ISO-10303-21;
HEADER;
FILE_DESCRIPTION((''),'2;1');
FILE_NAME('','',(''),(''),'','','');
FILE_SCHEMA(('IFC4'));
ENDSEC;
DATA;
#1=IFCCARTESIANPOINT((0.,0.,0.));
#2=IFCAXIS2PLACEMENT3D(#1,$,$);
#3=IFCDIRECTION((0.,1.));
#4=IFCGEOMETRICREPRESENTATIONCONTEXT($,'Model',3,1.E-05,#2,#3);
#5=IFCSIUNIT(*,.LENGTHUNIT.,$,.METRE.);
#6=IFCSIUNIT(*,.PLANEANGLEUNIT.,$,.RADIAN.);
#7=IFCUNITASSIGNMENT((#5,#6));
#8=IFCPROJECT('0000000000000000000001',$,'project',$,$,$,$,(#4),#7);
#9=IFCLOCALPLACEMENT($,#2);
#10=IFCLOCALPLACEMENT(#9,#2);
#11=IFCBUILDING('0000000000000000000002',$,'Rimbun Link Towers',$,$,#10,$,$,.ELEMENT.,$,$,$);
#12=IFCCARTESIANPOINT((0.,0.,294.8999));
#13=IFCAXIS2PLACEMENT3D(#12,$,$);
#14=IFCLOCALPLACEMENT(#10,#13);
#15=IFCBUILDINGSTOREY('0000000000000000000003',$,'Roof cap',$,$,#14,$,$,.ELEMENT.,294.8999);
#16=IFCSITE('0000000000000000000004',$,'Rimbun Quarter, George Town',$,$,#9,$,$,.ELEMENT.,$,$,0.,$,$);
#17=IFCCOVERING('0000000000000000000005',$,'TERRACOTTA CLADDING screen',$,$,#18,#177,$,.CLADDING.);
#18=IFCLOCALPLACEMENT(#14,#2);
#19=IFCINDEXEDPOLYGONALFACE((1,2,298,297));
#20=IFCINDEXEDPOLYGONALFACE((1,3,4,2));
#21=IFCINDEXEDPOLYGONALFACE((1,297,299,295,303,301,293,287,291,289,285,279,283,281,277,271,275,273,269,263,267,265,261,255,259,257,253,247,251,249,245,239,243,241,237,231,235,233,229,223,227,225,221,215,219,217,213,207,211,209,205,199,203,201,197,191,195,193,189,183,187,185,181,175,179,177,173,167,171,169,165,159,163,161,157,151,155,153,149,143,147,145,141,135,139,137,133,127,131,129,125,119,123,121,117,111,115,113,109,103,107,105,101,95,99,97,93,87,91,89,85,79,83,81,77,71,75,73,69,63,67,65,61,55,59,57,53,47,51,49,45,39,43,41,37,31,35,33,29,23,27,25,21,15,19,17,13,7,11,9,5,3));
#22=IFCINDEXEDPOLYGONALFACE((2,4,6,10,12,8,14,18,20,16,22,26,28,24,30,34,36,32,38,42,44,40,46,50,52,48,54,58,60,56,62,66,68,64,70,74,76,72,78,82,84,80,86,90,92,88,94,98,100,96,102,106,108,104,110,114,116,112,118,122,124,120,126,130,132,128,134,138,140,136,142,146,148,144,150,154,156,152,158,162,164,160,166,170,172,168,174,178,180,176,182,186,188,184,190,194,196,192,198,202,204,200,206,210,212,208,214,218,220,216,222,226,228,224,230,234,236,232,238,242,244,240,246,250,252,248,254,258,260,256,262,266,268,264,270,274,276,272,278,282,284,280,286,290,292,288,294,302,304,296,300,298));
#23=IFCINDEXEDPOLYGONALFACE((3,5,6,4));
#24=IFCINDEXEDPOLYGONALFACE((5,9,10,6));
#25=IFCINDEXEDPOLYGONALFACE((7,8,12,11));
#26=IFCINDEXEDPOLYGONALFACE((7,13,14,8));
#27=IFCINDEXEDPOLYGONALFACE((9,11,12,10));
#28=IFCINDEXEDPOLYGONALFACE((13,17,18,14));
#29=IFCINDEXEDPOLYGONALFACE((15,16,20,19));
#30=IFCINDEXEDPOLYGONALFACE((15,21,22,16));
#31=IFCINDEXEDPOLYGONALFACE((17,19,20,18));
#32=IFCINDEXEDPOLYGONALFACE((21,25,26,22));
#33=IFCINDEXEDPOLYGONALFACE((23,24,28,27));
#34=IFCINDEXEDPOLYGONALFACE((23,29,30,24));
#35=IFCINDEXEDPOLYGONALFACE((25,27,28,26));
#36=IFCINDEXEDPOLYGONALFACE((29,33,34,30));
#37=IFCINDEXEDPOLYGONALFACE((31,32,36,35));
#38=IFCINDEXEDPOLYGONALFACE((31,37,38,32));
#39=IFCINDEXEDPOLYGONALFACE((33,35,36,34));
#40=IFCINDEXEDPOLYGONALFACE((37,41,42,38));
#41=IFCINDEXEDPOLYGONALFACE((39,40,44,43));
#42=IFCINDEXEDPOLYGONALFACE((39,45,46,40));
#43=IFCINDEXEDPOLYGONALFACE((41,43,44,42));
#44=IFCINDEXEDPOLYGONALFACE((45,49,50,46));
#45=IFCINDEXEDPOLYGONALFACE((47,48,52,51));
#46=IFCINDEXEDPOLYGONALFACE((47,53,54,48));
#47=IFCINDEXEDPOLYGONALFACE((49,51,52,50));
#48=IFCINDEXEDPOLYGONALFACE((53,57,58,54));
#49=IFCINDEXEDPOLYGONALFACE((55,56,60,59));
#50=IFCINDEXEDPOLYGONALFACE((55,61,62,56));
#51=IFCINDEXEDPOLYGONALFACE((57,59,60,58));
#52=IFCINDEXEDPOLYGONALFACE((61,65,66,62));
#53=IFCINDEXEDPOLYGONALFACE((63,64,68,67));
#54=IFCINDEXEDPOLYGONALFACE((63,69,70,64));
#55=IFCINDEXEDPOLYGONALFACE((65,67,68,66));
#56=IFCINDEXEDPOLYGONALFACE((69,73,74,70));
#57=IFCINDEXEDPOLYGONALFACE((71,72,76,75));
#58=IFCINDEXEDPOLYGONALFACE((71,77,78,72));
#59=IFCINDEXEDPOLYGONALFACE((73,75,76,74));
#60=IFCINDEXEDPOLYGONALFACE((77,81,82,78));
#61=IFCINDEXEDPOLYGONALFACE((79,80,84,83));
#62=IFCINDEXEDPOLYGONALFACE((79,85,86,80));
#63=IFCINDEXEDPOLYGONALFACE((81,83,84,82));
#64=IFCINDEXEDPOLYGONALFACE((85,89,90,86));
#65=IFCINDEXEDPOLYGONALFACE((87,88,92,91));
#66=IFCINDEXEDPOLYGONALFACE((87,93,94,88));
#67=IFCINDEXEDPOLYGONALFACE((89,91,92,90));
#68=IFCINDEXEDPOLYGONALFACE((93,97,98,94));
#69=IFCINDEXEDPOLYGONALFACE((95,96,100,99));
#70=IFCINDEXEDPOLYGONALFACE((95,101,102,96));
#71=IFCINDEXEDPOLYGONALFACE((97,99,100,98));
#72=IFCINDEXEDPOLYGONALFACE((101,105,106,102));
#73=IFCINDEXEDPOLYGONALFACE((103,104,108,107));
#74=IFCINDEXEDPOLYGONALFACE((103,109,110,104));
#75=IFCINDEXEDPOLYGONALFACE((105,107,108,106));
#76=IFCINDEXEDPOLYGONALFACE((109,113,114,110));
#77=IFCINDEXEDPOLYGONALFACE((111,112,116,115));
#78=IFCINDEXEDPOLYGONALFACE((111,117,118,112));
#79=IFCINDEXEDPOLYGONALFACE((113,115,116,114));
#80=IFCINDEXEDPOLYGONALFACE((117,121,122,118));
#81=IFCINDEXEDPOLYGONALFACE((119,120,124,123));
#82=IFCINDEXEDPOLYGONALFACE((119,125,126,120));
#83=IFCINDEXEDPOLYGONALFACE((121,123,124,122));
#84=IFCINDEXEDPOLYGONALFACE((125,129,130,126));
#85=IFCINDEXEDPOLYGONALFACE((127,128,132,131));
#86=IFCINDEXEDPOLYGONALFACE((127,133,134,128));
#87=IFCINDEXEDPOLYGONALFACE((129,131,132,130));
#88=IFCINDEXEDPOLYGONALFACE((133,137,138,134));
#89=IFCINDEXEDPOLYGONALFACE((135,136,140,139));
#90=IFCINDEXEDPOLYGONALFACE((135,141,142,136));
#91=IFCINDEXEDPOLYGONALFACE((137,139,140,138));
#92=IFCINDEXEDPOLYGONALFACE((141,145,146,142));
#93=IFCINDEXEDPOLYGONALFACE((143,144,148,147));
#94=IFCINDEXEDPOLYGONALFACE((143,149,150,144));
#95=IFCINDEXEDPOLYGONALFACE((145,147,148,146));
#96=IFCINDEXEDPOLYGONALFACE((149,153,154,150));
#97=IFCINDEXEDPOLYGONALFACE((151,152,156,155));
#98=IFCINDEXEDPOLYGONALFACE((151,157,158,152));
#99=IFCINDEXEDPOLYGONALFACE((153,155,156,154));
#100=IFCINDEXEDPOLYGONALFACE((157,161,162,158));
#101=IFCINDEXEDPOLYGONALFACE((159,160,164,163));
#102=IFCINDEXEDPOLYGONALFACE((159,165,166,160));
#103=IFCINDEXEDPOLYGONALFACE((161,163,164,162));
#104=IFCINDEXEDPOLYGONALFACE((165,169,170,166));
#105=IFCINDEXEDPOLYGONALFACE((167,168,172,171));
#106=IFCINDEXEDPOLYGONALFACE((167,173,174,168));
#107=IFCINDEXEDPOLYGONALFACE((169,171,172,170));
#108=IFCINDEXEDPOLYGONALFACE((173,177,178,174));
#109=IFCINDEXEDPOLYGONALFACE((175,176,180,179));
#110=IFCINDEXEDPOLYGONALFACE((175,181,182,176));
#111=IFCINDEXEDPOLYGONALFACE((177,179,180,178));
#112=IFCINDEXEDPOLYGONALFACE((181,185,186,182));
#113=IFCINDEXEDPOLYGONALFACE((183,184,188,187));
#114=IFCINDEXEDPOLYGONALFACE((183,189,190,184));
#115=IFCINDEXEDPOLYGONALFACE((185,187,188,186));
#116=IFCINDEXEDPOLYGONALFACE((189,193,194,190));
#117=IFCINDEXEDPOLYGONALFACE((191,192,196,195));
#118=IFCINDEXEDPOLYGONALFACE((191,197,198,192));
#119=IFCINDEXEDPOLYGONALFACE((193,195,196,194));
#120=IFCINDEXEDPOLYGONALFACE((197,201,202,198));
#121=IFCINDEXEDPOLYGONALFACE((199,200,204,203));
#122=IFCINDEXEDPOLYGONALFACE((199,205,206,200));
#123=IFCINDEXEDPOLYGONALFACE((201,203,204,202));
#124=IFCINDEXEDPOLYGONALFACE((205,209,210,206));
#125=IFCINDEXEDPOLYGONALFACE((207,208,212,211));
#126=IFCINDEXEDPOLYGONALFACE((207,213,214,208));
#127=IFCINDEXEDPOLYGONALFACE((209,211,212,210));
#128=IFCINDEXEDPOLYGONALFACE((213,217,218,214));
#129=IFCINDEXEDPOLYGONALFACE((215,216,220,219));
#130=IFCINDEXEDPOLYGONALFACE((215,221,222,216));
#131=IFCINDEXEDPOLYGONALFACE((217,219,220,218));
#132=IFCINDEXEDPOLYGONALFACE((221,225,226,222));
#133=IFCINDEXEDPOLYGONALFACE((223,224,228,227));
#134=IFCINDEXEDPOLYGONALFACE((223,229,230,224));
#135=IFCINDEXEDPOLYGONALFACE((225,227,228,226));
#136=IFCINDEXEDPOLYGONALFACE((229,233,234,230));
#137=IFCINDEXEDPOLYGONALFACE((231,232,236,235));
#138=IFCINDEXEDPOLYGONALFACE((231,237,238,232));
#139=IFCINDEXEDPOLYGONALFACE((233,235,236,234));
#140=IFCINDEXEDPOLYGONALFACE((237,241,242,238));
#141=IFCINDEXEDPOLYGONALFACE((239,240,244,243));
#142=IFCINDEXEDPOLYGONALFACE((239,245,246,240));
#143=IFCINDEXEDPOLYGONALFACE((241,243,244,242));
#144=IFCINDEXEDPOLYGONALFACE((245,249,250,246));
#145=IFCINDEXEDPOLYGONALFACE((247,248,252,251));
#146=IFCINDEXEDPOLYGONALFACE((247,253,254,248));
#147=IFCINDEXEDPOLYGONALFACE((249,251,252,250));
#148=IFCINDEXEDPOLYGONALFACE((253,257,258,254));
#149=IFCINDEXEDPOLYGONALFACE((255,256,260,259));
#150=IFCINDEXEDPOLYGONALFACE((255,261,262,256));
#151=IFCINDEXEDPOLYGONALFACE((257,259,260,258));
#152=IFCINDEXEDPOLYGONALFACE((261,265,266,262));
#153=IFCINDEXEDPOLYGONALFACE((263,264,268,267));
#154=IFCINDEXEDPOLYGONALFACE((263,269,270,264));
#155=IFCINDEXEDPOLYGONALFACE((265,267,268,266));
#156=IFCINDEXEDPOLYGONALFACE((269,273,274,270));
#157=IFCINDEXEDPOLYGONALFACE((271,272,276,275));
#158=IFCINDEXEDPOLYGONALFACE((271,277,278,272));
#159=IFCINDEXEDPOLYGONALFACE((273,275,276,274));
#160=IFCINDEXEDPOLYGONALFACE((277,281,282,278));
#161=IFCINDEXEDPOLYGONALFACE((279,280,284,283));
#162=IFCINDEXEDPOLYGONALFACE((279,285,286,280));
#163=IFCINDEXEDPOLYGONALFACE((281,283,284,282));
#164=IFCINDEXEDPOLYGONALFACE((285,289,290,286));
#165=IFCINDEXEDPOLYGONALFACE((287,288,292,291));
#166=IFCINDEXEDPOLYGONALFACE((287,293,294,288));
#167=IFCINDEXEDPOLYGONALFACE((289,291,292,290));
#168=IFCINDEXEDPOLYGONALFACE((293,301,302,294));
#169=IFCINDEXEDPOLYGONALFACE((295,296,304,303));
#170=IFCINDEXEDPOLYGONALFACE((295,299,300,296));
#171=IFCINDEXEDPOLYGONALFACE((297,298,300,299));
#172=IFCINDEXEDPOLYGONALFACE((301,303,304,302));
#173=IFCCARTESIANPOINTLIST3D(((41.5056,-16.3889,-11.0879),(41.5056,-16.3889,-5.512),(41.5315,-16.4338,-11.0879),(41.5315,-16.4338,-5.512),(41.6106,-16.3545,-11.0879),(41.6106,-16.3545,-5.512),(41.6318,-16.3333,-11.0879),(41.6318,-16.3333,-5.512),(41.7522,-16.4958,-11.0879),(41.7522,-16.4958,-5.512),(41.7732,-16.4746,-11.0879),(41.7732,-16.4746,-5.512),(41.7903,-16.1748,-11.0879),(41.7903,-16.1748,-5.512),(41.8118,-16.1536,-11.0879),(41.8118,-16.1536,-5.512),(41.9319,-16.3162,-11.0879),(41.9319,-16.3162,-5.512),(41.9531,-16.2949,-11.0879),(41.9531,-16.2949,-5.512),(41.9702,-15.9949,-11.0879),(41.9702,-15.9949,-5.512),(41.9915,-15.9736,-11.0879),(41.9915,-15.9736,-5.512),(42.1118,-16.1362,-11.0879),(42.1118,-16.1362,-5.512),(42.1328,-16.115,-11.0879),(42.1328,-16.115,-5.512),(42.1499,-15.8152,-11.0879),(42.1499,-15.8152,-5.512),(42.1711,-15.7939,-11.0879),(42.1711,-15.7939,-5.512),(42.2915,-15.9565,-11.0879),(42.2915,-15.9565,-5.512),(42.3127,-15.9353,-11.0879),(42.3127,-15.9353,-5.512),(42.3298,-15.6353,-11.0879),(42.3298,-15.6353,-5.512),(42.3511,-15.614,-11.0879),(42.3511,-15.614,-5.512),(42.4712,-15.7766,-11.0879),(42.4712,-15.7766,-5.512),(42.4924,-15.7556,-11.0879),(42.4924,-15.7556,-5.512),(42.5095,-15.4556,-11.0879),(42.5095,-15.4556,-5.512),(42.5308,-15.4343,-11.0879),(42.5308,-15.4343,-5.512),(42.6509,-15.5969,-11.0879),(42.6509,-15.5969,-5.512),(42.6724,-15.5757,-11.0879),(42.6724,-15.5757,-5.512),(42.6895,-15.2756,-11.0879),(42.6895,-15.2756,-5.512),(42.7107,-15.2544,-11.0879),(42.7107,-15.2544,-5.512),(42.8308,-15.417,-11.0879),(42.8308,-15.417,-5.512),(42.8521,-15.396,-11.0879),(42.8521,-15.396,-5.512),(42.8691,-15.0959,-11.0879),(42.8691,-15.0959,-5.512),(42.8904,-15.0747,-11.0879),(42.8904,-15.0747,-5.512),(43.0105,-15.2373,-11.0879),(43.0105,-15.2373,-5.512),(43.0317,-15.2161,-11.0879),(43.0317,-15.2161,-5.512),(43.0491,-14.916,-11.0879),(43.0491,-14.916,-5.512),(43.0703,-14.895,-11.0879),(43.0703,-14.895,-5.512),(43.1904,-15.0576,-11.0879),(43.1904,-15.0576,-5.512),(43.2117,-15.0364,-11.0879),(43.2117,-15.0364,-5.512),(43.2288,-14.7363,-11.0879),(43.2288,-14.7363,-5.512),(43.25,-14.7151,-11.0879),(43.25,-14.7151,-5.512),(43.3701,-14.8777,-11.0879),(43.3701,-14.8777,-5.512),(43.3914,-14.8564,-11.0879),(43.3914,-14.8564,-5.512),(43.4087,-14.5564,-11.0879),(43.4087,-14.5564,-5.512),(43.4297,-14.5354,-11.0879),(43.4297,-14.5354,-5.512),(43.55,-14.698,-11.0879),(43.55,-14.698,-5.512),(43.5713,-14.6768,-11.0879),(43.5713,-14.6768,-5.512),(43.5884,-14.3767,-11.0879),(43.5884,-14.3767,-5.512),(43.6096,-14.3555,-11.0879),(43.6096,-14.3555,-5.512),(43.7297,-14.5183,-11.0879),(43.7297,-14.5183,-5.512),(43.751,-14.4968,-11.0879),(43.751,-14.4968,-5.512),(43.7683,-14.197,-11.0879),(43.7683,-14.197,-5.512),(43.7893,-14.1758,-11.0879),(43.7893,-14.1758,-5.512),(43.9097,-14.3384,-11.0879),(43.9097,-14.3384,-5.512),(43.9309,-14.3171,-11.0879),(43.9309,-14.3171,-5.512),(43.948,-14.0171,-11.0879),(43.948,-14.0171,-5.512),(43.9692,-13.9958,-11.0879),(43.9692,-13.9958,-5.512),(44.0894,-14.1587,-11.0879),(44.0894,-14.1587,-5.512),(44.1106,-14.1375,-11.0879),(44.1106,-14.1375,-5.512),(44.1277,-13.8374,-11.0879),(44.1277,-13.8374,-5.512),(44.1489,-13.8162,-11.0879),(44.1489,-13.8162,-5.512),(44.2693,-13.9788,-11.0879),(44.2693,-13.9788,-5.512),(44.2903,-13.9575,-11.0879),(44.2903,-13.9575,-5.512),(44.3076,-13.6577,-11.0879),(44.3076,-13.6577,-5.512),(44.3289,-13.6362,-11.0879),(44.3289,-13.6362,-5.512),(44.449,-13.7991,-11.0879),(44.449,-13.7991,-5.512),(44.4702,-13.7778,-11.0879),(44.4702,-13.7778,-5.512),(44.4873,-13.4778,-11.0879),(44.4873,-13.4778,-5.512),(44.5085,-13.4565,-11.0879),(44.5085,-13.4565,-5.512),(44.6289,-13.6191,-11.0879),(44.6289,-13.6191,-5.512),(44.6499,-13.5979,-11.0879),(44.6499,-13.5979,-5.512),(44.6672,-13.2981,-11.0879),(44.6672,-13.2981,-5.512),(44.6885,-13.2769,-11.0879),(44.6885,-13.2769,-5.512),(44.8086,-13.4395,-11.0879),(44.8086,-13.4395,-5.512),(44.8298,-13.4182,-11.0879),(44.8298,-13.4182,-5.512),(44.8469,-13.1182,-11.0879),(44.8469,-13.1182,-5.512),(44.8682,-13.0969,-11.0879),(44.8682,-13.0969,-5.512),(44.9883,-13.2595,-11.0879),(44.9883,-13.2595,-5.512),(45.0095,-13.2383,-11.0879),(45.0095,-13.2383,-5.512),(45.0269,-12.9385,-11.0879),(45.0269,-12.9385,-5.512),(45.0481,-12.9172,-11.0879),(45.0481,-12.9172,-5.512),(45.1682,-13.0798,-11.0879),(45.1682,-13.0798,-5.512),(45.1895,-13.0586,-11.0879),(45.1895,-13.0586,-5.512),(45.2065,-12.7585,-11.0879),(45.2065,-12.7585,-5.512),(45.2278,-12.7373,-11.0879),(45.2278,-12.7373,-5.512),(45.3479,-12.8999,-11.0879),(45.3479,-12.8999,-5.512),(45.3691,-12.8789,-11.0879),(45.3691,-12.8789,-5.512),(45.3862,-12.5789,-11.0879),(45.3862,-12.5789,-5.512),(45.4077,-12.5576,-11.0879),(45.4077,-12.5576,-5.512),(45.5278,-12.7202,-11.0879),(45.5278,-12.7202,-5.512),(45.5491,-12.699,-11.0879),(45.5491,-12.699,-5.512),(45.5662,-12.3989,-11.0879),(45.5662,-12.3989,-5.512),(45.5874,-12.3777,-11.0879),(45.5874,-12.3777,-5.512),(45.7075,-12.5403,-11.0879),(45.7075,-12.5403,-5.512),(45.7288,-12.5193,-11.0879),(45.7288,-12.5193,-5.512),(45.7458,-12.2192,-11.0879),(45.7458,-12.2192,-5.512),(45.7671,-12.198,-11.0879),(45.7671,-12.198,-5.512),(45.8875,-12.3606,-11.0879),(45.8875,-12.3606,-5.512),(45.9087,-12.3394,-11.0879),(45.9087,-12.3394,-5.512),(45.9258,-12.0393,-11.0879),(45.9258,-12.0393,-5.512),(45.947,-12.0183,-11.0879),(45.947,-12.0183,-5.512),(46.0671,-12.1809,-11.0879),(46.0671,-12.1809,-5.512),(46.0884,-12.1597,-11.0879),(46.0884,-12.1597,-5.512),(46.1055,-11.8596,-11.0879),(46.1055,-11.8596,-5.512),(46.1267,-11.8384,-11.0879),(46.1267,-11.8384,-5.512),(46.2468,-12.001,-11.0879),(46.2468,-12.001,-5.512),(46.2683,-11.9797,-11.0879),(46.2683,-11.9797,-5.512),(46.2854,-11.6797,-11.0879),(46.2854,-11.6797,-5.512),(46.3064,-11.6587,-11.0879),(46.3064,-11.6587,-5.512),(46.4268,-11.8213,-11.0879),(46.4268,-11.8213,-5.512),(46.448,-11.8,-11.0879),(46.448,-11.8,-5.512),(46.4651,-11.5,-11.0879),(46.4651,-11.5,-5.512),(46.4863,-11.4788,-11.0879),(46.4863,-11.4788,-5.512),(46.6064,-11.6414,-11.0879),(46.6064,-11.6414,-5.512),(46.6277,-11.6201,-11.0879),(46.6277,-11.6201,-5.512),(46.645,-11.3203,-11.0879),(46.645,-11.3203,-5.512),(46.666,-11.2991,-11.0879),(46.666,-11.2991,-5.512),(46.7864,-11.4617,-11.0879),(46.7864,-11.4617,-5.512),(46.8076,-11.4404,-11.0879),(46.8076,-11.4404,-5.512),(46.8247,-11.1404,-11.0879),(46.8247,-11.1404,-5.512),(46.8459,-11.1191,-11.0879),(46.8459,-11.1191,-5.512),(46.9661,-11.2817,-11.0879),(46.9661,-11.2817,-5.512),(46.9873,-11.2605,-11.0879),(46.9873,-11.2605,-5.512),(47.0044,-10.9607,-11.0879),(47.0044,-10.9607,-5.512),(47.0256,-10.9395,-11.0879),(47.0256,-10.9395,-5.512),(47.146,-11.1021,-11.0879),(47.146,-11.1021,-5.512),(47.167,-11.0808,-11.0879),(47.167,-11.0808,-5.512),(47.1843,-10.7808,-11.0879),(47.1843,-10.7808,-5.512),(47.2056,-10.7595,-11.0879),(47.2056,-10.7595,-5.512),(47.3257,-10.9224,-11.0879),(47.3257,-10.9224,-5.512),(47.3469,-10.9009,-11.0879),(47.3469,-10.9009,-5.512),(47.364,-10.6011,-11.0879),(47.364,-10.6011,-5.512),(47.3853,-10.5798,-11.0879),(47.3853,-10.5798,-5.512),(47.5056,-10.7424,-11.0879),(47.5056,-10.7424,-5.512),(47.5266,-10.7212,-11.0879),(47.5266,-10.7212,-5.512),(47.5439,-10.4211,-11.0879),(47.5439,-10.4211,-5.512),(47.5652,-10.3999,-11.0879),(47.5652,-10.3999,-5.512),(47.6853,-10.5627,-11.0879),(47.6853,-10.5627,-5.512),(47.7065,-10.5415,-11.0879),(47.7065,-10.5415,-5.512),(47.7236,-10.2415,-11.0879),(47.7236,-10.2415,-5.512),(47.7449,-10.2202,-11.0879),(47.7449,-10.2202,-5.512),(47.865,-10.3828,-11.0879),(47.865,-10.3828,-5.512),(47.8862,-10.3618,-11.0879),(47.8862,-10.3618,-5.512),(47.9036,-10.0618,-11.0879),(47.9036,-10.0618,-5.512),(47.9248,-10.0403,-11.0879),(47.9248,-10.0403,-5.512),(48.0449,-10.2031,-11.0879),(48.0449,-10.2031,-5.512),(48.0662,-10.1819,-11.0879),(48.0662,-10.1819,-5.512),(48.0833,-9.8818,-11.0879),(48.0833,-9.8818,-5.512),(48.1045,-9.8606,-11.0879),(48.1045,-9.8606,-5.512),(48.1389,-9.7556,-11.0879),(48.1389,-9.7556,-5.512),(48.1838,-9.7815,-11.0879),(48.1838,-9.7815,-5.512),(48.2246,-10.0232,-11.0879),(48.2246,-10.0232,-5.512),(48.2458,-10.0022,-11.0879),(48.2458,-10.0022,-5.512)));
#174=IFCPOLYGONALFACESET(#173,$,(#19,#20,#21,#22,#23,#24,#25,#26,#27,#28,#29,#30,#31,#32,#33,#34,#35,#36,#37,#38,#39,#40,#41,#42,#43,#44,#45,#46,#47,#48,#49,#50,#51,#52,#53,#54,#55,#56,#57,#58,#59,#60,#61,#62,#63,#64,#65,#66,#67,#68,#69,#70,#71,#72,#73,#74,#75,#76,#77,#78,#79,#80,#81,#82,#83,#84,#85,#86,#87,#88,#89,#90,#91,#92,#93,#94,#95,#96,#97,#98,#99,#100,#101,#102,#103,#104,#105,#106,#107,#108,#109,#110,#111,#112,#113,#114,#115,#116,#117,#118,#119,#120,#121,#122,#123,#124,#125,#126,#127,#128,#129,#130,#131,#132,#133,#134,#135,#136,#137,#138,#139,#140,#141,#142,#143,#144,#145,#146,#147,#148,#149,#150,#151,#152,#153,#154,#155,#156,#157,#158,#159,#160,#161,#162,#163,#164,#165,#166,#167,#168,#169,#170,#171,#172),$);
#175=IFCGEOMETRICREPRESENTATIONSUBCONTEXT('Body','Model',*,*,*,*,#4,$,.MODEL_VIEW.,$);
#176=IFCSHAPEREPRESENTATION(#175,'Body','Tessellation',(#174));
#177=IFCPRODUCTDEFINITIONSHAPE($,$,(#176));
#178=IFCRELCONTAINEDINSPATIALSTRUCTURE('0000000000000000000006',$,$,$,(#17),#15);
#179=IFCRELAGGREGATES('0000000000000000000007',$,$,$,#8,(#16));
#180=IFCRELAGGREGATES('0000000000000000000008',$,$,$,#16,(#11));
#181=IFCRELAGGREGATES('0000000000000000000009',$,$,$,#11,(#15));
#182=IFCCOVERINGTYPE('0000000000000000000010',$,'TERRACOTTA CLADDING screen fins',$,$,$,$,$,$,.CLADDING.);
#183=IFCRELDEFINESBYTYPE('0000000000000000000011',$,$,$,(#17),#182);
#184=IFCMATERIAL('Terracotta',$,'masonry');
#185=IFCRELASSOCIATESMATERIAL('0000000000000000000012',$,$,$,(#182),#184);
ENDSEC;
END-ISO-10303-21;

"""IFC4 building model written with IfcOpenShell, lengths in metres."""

from ifc_helpers import new_model, si_unit, direction, frame, origin, place, context, subcontext, project, spatial, polyline, outline, extrude, material, type_object, element, save


model = new_model("IFC4")

# Units and contexts
model_context = context("Model", 3, precision=1e-05, world=origin(), true_north=direction((0.0, 1.0)))
body_context = subcontext(model_context, "Body", "Model", "MODEL_VIEW")
ifc_project = project(units=[si_unit("LENGTHUNIT", "METRE"), si_unit("PLANEANGLEUNIT", "RADIAN")], contexts=[model_context])

# Site, building, storey
site_placement = place(None, origin())
site = spatial("IfcSite", under=ifc_project, at=site_placement, Name="Rimbun Quarter, George Town", CompositionType="ELEMENT", RefElevation=0.0)
building_placement = place(site_placement, origin())
building = spatial("IfcBuilding", under=site, at=building_placement, Name="Rimbun Link Towers", CompositionType="ELEMENT")
storey_placement = place(building_placement, frame((0.0, 0.0, 294.8999)))
storey = spatial("IfcBuildingStorey", under=building, at=storey_placement, Name="Roof cap", CompositionType="ELEMENT", Elevation=294.8999)

# Covering
ifc_material_1 = material(Name="Terracotta", Category="masonry")
covering_type_1 = type_object("IfcCoveringType", Name="TERRACOTTA CLADDING screen fins", PredefinedType="CLADDING", material=ifc_material_1)
covering_1_placement = place(storey_placement, frame((0.0, 0.0, -11.0879)))
element("IfcCovering", 1, at=covering_1_placement, inside=storey, type_object=covering_type_1, Name="TERRACOTTA CLADDING screen", PredefinedType="CLADDING", context=body_context, shape_type="SweptSolid", body=[
    extrude(outline(polyline([(41.5315, -16.4338), (41.6106, -16.3545), (41.7522, -16.4958), (41.7732, -16.4746), (41.6318, -16.3333), (41.7903, -16.1748), (41.9319, -16.3162), (41.9531, -16.2949), (41.8118, -16.1536), (41.9702, -15.9949), (42.1118, -16.1362), (42.1328, -16.115), (41.9915, -15.9736), (42.1499, -15.8152), (42.2915, -15.9565), (42.3127, -15.9353), (42.1711, -15.7939), (42.3298, -15.6353), (42.4712, -15.7766), (42.4924, -15.7556), (42.3511, -15.614), (42.5095, -15.4556), (42.6509, -15.5969), (42.6724, -15.5757), (42.5308, -15.4343), (42.6895, -15.2756), (42.8308, -15.417), (42.8521, -15.396), (42.7107, -15.2544), (42.8691, -15.0959), (43.0105, -15.2373), (43.0317, -15.2161), (42.8904, -15.0747), (43.0491, -14.916), (43.1904, -15.0576), (43.2117, -15.0364), (43.0703, -14.895), (43.2288, -14.7363), (43.3701, -14.8777), (43.3914, -14.8564), (43.25, -14.7151), (43.4087, -14.5564), (43.55, -14.698), (43.5713, -14.6768), (43.4297, -14.5354), (43.5884, -14.3767), (43.7297, -14.5183), (43.751, -14.4968), (43.6096, -14.3555), (43.7683, -14.197), (43.9097, -14.3384), (43.9309, -14.3171), (43.7893, -14.1758), (43.948, -14.0171), (44.0894, -14.1587), (44.1106, -14.1375), (43.9692, -13.9958), (44.1277, -13.8374), (44.2693, -13.9788), (44.2903, -13.9575), (44.1489, -13.8162), (44.3076, -13.6577), (44.449, -13.7991), (44.4702, -13.7778), (44.3289, -13.6362), (44.4873, -13.4778), (44.6289, -13.6191), (44.6499, -13.5979), (44.5085, -13.4565), (44.6672, -13.2981), (44.8086, -13.4395), (44.8298, -13.4182), (44.6885, -13.2769), (44.8469, -13.1182), (44.9883, -13.2595), (45.0095, -13.2383), (44.8682, -13.0969), (45.0269, -12.9385), (45.1682, -13.0798), (45.1895, -13.0586), (45.0481, -12.9172), (45.2065, -12.7585), (45.3479, -12.8999), (45.3691, -12.8789), (45.2278, -12.7373), (45.3862, -12.5789), (45.5278, -12.7202), (45.5491, -12.699), (45.4077, -12.5576), (45.5662, -12.3989), (45.7075, -12.5403), (45.7288, -12.5193), (45.5874, -12.3777), (45.7458, -12.2192), (45.8875, -12.3606), (45.9087, -12.3394), (45.7671, -12.198), (45.9258, -12.0393), (46.0671, -12.1809), (46.0884, -12.1597), (45.947, -12.0183), (46.1055, -11.8596), (46.2468, -12.001), (46.2683, -11.9797), (46.1267, -11.8384), (46.2854, -11.6797), (46.4268, -11.8213), (46.448, -11.8), (46.3064, -11.6587), (46.4651, -11.5), (46.6064, -11.6414), (46.6277, -11.6201), (46.4863, -11.4788), (46.645, -11.3203), (46.7864, -11.4617), (46.8076, -11.4404), (46.666, -11.2991), (46.8247, -11.1404), (46.9661, -11.2817), (46.9873, -11.2605), (46.8459, -11.1191), (47.0044, -10.9607), (47.146, -11.1021), (47.167, -11.0808), (47.0256, -10.9395), (47.1843, -10.7808), (47.3257, -10.9224), (47.3469, -10.9009), (47.2056, -10.7595), (47.364, -10.6011), (47.5056, -10.7424), (47.5266, -10.7212), (47.3853, -10.5798), (47.5439, -10.4211), (47.6853, -10.5627), (47.7065, -10.5415), (47.5652, -10.3999), (47.7236, -10.2415), (47.865, -10.3828), (47.8862, -10.3618), (47.7449, -10.2202), (47.9036, -10.0618), (48.0449, -10.2031), (48.0662, -10.1819), (47.9248, -10.0403), (48.0833, -9.8818), (48.2246, -10.0232), (48.2458, -10.0022), (48.1045, -9.8606), (48.1838, -9.7815), (48.1389, -9.7556), (41.5056, -16.3889), (41.5315, -16.4338)])), origin(), (0.0, 0.0, 1.0), 5.5759),
])

save(model, "model.ifc")
